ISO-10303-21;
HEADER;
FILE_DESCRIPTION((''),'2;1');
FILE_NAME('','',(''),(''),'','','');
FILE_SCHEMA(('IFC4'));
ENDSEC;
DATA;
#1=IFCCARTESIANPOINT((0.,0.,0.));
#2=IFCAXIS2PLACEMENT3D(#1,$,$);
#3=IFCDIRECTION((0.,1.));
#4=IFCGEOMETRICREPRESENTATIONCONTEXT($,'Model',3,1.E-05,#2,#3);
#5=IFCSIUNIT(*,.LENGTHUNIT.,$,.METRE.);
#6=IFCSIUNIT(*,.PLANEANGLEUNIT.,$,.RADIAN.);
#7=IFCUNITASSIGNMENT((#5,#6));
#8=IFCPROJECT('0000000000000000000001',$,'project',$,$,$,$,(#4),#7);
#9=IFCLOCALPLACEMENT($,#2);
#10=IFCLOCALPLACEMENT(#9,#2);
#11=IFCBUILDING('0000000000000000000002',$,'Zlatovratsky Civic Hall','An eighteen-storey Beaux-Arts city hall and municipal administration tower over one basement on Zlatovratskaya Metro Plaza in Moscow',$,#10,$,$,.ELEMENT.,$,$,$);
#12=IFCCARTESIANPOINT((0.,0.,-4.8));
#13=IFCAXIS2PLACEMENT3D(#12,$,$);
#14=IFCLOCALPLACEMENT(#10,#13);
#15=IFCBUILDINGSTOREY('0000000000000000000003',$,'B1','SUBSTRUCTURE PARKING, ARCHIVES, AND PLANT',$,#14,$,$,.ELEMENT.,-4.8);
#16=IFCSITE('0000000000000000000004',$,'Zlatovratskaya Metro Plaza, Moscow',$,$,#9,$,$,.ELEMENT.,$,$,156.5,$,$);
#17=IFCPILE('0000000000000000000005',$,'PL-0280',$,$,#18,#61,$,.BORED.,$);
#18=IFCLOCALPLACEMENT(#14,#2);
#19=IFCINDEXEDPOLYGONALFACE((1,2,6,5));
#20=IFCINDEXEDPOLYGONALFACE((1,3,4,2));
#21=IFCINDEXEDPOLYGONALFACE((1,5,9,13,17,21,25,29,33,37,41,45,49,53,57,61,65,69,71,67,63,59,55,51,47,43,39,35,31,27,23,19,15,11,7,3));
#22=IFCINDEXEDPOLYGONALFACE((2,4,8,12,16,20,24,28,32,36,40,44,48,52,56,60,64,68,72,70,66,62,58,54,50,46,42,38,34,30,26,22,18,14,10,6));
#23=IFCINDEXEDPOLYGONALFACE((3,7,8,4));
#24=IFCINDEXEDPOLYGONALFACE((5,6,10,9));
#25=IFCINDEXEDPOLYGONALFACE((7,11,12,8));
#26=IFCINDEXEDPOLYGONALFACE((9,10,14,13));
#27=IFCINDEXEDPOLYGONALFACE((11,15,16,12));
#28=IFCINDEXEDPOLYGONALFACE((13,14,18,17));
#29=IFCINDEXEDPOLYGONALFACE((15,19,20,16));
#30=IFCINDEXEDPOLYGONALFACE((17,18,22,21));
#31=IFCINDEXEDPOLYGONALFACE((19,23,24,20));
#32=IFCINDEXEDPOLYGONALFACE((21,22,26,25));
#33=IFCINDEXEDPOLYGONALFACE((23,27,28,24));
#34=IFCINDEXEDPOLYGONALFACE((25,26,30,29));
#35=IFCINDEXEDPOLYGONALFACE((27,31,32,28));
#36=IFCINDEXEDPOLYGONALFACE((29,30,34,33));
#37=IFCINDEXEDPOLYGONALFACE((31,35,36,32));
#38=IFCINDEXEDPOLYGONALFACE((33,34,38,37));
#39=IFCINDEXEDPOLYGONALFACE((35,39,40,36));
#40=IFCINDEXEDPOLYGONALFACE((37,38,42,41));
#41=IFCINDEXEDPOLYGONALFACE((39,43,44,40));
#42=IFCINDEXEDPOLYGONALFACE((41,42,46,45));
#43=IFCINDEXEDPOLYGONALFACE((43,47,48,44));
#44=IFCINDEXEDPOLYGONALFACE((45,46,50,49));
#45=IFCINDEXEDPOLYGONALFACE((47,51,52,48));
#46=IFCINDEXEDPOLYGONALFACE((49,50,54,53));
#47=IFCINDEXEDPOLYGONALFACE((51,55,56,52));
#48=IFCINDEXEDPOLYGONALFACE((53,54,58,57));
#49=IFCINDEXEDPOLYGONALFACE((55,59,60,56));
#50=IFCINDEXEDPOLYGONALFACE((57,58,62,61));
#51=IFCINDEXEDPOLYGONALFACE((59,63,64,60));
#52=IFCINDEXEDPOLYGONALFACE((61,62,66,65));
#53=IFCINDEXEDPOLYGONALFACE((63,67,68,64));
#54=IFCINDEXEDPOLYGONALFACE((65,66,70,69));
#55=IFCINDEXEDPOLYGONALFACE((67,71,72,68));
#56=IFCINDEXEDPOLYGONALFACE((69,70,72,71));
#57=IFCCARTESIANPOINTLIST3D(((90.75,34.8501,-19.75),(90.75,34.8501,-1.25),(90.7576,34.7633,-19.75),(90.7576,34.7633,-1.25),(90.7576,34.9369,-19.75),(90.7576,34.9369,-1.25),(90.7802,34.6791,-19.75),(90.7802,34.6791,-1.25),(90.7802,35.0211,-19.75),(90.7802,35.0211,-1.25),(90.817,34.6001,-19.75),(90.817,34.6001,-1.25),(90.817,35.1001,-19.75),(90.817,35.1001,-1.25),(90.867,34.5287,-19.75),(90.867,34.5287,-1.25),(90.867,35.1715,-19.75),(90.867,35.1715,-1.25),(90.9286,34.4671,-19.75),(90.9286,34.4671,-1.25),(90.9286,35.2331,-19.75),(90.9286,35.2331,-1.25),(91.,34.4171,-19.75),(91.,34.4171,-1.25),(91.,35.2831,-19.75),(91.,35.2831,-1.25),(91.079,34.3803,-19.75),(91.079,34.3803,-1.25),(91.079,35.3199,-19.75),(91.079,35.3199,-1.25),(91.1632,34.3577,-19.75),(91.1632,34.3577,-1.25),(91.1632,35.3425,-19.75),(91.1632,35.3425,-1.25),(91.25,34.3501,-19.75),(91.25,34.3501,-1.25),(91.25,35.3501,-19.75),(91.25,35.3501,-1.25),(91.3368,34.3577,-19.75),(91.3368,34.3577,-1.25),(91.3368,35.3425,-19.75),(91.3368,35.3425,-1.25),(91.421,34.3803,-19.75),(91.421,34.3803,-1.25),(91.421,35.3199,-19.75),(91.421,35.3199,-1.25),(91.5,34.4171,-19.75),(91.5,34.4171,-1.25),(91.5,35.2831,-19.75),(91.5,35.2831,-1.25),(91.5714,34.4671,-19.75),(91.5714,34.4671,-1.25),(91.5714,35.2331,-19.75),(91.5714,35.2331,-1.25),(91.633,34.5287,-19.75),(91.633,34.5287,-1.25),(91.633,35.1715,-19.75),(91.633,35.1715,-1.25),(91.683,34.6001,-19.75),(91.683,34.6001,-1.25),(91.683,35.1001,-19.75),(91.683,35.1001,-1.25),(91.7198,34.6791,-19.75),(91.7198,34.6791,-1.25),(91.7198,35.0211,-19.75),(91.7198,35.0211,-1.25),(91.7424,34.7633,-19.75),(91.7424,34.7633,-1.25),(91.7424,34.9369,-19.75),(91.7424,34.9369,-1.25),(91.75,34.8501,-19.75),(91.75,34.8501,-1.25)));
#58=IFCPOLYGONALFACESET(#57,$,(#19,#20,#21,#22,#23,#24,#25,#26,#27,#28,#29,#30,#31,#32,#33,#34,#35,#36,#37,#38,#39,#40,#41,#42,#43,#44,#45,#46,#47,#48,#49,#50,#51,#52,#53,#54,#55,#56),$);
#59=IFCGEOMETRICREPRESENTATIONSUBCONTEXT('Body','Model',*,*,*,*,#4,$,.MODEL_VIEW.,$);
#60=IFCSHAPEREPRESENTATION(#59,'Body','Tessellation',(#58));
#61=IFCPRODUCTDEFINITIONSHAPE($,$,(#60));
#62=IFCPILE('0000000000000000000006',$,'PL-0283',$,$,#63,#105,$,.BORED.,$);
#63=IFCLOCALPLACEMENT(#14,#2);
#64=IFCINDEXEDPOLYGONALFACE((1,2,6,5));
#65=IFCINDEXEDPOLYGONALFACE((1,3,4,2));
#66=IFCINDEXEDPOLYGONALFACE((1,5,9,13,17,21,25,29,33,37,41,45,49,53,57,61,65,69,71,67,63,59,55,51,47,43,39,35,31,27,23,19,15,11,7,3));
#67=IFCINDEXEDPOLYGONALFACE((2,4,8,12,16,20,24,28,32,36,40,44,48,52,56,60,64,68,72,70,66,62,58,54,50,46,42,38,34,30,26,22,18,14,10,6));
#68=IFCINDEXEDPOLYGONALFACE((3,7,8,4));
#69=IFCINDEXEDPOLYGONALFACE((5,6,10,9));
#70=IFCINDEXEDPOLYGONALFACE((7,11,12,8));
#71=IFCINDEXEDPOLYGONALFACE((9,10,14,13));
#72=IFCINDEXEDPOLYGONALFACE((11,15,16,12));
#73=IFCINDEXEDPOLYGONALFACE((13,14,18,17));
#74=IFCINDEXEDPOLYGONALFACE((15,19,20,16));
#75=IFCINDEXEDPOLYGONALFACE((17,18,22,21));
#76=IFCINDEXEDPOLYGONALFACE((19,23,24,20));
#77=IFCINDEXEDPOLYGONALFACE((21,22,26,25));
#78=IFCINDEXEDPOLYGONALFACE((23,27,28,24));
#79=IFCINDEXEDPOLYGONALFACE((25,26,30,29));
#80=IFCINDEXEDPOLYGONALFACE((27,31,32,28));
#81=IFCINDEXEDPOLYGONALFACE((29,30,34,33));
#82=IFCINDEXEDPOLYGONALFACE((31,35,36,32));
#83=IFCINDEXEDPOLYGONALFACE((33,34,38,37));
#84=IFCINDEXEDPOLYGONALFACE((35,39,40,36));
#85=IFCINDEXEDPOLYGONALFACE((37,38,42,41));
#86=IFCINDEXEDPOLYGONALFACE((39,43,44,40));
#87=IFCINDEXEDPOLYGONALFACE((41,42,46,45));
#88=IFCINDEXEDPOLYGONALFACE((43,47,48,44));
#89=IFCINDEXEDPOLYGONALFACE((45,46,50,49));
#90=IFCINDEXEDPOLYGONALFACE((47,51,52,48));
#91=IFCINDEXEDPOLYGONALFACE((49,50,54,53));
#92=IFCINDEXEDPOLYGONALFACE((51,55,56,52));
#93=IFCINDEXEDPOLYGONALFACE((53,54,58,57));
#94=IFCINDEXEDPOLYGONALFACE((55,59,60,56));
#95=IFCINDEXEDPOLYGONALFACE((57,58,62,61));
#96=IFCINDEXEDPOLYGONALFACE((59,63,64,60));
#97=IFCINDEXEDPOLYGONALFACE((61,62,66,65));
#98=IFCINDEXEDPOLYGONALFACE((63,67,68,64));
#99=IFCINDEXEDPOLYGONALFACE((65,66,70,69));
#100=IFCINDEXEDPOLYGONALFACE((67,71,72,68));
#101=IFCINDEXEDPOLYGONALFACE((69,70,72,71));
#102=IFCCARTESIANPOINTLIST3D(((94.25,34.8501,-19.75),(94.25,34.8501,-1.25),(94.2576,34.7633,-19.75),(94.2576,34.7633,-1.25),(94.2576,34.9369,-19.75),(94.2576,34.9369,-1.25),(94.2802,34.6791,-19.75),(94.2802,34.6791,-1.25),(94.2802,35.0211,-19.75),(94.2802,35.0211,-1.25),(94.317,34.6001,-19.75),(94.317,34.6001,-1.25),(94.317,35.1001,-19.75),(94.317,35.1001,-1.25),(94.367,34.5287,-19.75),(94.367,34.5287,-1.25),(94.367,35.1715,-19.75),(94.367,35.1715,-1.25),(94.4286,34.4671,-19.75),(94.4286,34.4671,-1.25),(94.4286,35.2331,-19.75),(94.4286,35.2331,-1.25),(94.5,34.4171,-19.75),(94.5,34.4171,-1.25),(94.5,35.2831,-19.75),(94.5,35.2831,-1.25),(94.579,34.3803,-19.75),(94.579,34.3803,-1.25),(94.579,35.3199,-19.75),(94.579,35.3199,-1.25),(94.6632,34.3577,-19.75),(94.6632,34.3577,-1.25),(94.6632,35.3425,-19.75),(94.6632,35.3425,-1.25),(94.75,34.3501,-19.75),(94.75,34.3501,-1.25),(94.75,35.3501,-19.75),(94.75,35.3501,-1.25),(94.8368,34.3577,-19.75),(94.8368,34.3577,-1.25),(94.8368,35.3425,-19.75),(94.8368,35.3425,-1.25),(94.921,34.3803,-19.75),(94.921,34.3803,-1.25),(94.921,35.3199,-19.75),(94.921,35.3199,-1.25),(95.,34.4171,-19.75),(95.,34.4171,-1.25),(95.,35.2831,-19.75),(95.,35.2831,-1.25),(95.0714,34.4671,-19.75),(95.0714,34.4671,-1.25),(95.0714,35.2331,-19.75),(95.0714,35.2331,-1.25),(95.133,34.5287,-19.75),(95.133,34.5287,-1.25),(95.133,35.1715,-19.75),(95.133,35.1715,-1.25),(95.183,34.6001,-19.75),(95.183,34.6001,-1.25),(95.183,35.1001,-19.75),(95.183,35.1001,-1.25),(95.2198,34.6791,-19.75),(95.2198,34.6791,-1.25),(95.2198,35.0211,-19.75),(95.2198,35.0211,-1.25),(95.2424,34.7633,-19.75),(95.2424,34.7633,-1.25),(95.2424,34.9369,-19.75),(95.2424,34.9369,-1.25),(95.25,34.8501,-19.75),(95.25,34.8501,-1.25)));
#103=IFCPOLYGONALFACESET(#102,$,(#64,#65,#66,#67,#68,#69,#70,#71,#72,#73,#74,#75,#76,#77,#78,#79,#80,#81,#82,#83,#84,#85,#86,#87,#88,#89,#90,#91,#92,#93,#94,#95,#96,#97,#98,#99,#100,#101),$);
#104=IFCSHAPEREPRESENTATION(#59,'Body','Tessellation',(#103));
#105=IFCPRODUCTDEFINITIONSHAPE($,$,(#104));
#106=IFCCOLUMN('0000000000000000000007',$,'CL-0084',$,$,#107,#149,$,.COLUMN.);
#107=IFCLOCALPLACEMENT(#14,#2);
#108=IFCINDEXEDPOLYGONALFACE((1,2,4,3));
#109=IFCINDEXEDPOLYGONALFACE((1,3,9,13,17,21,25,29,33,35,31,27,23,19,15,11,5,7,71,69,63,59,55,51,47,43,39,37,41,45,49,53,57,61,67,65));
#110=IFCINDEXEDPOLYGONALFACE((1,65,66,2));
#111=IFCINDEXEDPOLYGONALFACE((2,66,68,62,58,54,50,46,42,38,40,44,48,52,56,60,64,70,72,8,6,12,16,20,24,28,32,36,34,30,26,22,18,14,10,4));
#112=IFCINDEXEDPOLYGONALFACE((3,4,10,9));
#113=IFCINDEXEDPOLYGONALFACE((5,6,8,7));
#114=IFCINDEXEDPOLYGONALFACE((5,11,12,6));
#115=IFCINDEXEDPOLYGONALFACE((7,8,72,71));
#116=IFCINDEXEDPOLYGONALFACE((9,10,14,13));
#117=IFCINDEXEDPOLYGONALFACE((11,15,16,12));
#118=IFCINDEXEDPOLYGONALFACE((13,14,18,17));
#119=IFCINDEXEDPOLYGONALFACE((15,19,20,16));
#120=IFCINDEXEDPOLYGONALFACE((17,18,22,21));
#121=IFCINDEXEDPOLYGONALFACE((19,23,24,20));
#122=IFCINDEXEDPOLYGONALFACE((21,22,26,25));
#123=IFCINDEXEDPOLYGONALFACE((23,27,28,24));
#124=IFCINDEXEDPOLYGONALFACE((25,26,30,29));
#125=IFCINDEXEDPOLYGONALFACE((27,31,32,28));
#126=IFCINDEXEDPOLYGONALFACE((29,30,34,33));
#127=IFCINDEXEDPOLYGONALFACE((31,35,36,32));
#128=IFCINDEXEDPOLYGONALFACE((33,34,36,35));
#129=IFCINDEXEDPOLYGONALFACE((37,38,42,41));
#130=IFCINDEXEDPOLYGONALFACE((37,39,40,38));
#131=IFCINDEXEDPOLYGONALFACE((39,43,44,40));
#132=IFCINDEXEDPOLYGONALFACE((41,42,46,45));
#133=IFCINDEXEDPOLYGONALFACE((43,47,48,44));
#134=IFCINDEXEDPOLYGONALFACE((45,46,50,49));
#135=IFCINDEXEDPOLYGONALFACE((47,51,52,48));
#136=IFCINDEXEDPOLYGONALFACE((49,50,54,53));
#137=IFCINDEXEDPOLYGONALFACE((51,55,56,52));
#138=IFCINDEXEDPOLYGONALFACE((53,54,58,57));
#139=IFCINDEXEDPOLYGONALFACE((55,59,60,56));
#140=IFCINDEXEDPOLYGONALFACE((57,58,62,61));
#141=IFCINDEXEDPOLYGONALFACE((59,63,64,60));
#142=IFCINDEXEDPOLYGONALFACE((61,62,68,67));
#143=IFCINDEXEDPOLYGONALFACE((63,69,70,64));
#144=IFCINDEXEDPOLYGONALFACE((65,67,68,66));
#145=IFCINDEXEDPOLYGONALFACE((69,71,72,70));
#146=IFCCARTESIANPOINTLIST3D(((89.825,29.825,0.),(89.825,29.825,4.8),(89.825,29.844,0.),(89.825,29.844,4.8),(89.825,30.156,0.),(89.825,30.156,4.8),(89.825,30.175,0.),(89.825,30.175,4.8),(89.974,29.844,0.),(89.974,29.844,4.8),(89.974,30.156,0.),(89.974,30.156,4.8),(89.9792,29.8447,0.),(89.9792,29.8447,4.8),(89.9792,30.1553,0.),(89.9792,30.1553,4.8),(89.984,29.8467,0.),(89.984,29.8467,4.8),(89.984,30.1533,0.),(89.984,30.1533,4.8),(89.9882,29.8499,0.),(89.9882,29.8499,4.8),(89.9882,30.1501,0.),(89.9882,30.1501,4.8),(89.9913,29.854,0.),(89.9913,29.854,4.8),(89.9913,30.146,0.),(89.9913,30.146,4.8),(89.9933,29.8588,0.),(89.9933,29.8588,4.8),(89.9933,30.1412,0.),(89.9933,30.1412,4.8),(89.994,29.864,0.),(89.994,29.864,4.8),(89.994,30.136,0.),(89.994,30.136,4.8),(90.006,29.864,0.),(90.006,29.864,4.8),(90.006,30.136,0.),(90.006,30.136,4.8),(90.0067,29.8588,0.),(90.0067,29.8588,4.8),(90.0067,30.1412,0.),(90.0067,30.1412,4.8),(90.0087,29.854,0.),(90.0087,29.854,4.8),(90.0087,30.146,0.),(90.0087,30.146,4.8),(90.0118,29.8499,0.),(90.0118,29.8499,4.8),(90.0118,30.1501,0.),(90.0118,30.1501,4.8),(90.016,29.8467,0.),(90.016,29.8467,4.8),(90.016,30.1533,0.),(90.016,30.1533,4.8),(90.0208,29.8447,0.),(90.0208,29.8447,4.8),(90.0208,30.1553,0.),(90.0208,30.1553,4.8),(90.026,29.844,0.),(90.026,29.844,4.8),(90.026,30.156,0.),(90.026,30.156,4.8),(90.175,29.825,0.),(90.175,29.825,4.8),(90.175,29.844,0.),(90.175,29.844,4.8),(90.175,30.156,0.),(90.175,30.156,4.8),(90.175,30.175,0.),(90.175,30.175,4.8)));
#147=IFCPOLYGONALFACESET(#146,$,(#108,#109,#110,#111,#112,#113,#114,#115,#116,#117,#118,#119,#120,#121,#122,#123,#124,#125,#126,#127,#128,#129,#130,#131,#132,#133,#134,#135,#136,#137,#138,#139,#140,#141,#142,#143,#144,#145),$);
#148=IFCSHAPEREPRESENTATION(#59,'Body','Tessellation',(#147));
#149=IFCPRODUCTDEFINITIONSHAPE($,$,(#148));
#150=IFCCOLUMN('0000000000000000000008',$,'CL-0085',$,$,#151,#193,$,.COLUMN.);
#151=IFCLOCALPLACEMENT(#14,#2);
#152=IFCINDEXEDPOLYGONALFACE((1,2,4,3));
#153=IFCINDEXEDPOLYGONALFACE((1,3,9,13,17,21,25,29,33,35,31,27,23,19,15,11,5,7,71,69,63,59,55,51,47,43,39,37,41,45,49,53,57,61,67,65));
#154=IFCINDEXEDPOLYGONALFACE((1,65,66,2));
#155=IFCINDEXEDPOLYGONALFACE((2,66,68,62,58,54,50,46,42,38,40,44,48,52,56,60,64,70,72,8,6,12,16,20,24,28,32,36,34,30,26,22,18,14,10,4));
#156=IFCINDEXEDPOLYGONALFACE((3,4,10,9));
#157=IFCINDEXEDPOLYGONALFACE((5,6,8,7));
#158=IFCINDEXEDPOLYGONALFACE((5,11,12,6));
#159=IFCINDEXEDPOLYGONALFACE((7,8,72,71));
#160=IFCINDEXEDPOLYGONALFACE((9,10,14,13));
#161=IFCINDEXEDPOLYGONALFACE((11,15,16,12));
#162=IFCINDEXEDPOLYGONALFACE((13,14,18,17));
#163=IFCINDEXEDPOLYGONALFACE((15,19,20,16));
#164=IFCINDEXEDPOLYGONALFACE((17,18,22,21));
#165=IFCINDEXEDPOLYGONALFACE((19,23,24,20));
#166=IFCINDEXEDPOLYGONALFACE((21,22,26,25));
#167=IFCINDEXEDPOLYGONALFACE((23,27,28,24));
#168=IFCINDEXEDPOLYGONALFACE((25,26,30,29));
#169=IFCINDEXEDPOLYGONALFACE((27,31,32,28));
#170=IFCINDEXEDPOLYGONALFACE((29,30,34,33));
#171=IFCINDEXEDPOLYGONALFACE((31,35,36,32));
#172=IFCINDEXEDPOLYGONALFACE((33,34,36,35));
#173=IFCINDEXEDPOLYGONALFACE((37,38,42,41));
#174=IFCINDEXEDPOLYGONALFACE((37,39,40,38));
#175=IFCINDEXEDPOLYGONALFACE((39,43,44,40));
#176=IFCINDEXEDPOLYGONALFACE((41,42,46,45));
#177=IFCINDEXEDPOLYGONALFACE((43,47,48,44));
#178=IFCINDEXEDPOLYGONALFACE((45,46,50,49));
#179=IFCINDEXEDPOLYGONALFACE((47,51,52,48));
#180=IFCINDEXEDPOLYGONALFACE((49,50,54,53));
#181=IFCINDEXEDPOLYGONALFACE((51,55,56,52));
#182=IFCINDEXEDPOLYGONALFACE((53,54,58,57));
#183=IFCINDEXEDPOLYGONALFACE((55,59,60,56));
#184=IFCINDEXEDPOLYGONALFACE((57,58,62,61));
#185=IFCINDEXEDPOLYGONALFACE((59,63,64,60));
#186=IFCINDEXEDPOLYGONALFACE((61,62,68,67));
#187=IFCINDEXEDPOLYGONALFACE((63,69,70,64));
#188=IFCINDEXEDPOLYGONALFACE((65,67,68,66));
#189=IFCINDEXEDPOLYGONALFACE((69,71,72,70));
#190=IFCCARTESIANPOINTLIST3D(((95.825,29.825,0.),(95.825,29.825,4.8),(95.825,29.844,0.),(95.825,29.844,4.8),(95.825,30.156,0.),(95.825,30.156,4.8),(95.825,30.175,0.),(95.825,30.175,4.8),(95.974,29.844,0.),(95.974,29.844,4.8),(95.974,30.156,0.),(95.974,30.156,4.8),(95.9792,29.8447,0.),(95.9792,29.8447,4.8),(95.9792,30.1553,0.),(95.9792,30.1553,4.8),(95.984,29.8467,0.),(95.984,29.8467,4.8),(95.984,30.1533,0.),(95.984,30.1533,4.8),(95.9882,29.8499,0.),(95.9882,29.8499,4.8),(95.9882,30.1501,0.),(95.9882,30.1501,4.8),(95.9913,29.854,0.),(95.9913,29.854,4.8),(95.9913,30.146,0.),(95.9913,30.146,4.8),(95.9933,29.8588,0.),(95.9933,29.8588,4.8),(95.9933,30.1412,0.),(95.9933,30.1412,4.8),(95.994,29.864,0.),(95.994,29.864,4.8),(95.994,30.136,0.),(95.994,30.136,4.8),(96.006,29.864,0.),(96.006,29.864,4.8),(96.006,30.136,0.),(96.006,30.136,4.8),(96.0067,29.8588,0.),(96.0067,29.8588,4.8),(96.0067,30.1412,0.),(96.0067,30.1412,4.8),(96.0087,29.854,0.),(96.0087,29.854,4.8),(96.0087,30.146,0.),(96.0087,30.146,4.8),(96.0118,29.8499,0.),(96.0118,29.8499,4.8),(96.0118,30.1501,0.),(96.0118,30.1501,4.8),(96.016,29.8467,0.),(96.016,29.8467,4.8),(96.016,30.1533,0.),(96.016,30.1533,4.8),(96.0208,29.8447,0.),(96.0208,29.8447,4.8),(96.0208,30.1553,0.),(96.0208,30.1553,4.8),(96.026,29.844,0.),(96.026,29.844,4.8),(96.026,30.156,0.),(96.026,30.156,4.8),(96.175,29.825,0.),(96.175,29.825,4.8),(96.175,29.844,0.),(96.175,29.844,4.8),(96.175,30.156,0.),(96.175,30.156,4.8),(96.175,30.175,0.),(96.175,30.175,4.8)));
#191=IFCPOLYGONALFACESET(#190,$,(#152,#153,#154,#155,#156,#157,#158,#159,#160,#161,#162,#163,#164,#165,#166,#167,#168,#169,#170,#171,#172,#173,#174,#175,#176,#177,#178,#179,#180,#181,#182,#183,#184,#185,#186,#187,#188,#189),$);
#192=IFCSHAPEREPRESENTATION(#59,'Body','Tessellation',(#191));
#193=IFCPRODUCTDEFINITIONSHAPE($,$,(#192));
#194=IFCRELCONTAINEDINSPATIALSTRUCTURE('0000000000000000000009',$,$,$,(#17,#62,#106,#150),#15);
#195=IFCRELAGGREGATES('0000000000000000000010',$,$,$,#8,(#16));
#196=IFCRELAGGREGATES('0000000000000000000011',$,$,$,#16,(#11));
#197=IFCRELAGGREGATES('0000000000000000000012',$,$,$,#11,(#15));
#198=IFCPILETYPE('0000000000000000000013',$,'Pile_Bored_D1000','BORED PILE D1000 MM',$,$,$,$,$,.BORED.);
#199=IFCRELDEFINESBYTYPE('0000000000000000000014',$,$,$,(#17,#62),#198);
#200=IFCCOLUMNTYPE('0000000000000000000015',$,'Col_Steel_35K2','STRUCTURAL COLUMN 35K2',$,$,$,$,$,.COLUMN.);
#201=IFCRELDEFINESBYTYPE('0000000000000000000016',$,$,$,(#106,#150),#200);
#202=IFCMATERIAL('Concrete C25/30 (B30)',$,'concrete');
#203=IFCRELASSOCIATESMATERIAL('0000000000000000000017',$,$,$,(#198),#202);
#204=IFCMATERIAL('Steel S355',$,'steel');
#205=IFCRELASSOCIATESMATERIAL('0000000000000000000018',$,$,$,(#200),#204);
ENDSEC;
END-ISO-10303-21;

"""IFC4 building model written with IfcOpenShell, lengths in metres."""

from ifc_helpers import new_model, si_unit, direction, frame, origin, origin_2d, place, context, subcontext, project, spatial, circle, i_section, extrude, material, material_profile, profile_set, type_object, element, save


model = new_model("IFC4")

# Units and contexts
model_context = context("Model", 3, precision=1e-05, world=origin(), true_north=direction((0.0, 1.0)))
body_context = subcontext(model_context, "Body", "Model", "MODEL_VIEW")
ifc_project = project(units=[si_unit("LENGTHUNIT", "METRE"), si_unit("PLANEANGLEUNIT", "RADIAN")], contexts=[model_context])

# Site, building, storey
site_placement = place(None, origin())
site = spatial("IfcSite", under=ifc_project, at=site_placement, Name="Zlatovratskaya Metro Plaza, Moscow", CompositionType="ELEMENT", RefElevation=156.5)
building_placement = place(site_placement, origin())
building = spatial("IfcBuilding", under=site, at=building_placement, Name="Zlatovratsky Civic Hall", Description="An eighteen-storey Beaux-Arts city hall and municipal administration tower over one basement on Zlatovratskaya Metro Plaza in Moscow", CompositionType="ELEMENT")
storey_placement = place(building_placement, frame((0.0, 0.0, -4.8)))
storey = spatial("IfcBuildingStorey", under=building, at=storey_placement, Name="B1", Description="SUBSTRUCTURE PARKING, ARCHIVES, AND PLANT", CompositionType="ELEMENT", Elevation=-4.8)

# Shared definitions
ifc_material_1 = material(Name="Concrete C25/30 (B30)", Category="concrete")

# Piles
ifc_material_profile_1 = material_profile(ifc_material_1, circle(Radius=0.5, at=origin_2d()), Name="PILE D1000")
ifc_profile_set_1 = profile_set([ifc_material_profile_1], Name="Concrete C25/30 (B30)")
pile_type = type_object("IfcPileType", Name="Pile_Bored_D1000", Description="BORED PILE D1000 MM", PredefinedType="BORED", material=ifc_profile_set_1)
for number, where, z_axis, x_axis, name in (
    (1, (91.25, 34.8501, -1.25), (0.0, 0.0, -1.0), (1.0, 0.0, 0.0), "PL-0280"),
    (2, (94.75, 34.8501, -1.25), (0.0, 0.0, -1.0), (1.0, 0.0, 0.0), "PL-0283"),
):
    element("IfcPile", number, at=place(storey_placement, frame(where, z_axis=z_axis, x_axis=x_axis)), inside=storey, type_object=pile_type, Name=name, PredefinedType="BORED", context=body_context, shape_type="SweptSolid", body=[
        extrude(circle(Radius=0.5, at=origin_2d()), origin(), (0.0, 0.0, 1.0), 18.5),
    ])

# Columns
ifc_material_2 = material(Name="Steel S355", Category="steel")
ifc_material_profile_2 = material_profile(ifc_material_2, i_section(OverallWidth=0.3501, OverallDepth=0.3501, WebThickness=0.012, FlangeThickness=0.019, FilletRadius=0.02, at=origin_2d()), Name="35K2")
ifc_profile_set_2 = profile_set([ifc_material_profile_2], Name="Steel S355")
column_type = type_object("IfcColumnType", Name="Col_Steel_35K2", Description="STRUCTURAL COLUMN 35K2", PredefinedType="COLUMN", material=ifc_profile_set_2)
for number, where, z_axis, x_axis, name in (
    (3, (90.0, 30.0, 0.0), (0.0, 0.0, 1.0), (1.0, 0.0, 0.0), "CL-0084"),
    (4, (96.0, 30.0, 0.0), (0.0, 0.0, 1.0), (1.0, 0.0, 0.0), "CL-0085"),
):
    element("IfcColumn", number, at=place(storey_placement, frame(where, z_axis=z_axis, x_axis=x_axis)), inside=storey, type_object=column_type, Name=name, PredefinedType="COLUMN", context=body_context, shape_type="SweptSolid", body=[
        extrude(i_section(OverallWidth=0.3501, OverallDepth=0.3501, WebThickness=0.012, FlangeThickness=0.019, FilletRadius=0.02, at=origin_2d()), origin(), (0.0, 0.0, 1.0), 4.8),
    ])

save(model, "model.ifc")
